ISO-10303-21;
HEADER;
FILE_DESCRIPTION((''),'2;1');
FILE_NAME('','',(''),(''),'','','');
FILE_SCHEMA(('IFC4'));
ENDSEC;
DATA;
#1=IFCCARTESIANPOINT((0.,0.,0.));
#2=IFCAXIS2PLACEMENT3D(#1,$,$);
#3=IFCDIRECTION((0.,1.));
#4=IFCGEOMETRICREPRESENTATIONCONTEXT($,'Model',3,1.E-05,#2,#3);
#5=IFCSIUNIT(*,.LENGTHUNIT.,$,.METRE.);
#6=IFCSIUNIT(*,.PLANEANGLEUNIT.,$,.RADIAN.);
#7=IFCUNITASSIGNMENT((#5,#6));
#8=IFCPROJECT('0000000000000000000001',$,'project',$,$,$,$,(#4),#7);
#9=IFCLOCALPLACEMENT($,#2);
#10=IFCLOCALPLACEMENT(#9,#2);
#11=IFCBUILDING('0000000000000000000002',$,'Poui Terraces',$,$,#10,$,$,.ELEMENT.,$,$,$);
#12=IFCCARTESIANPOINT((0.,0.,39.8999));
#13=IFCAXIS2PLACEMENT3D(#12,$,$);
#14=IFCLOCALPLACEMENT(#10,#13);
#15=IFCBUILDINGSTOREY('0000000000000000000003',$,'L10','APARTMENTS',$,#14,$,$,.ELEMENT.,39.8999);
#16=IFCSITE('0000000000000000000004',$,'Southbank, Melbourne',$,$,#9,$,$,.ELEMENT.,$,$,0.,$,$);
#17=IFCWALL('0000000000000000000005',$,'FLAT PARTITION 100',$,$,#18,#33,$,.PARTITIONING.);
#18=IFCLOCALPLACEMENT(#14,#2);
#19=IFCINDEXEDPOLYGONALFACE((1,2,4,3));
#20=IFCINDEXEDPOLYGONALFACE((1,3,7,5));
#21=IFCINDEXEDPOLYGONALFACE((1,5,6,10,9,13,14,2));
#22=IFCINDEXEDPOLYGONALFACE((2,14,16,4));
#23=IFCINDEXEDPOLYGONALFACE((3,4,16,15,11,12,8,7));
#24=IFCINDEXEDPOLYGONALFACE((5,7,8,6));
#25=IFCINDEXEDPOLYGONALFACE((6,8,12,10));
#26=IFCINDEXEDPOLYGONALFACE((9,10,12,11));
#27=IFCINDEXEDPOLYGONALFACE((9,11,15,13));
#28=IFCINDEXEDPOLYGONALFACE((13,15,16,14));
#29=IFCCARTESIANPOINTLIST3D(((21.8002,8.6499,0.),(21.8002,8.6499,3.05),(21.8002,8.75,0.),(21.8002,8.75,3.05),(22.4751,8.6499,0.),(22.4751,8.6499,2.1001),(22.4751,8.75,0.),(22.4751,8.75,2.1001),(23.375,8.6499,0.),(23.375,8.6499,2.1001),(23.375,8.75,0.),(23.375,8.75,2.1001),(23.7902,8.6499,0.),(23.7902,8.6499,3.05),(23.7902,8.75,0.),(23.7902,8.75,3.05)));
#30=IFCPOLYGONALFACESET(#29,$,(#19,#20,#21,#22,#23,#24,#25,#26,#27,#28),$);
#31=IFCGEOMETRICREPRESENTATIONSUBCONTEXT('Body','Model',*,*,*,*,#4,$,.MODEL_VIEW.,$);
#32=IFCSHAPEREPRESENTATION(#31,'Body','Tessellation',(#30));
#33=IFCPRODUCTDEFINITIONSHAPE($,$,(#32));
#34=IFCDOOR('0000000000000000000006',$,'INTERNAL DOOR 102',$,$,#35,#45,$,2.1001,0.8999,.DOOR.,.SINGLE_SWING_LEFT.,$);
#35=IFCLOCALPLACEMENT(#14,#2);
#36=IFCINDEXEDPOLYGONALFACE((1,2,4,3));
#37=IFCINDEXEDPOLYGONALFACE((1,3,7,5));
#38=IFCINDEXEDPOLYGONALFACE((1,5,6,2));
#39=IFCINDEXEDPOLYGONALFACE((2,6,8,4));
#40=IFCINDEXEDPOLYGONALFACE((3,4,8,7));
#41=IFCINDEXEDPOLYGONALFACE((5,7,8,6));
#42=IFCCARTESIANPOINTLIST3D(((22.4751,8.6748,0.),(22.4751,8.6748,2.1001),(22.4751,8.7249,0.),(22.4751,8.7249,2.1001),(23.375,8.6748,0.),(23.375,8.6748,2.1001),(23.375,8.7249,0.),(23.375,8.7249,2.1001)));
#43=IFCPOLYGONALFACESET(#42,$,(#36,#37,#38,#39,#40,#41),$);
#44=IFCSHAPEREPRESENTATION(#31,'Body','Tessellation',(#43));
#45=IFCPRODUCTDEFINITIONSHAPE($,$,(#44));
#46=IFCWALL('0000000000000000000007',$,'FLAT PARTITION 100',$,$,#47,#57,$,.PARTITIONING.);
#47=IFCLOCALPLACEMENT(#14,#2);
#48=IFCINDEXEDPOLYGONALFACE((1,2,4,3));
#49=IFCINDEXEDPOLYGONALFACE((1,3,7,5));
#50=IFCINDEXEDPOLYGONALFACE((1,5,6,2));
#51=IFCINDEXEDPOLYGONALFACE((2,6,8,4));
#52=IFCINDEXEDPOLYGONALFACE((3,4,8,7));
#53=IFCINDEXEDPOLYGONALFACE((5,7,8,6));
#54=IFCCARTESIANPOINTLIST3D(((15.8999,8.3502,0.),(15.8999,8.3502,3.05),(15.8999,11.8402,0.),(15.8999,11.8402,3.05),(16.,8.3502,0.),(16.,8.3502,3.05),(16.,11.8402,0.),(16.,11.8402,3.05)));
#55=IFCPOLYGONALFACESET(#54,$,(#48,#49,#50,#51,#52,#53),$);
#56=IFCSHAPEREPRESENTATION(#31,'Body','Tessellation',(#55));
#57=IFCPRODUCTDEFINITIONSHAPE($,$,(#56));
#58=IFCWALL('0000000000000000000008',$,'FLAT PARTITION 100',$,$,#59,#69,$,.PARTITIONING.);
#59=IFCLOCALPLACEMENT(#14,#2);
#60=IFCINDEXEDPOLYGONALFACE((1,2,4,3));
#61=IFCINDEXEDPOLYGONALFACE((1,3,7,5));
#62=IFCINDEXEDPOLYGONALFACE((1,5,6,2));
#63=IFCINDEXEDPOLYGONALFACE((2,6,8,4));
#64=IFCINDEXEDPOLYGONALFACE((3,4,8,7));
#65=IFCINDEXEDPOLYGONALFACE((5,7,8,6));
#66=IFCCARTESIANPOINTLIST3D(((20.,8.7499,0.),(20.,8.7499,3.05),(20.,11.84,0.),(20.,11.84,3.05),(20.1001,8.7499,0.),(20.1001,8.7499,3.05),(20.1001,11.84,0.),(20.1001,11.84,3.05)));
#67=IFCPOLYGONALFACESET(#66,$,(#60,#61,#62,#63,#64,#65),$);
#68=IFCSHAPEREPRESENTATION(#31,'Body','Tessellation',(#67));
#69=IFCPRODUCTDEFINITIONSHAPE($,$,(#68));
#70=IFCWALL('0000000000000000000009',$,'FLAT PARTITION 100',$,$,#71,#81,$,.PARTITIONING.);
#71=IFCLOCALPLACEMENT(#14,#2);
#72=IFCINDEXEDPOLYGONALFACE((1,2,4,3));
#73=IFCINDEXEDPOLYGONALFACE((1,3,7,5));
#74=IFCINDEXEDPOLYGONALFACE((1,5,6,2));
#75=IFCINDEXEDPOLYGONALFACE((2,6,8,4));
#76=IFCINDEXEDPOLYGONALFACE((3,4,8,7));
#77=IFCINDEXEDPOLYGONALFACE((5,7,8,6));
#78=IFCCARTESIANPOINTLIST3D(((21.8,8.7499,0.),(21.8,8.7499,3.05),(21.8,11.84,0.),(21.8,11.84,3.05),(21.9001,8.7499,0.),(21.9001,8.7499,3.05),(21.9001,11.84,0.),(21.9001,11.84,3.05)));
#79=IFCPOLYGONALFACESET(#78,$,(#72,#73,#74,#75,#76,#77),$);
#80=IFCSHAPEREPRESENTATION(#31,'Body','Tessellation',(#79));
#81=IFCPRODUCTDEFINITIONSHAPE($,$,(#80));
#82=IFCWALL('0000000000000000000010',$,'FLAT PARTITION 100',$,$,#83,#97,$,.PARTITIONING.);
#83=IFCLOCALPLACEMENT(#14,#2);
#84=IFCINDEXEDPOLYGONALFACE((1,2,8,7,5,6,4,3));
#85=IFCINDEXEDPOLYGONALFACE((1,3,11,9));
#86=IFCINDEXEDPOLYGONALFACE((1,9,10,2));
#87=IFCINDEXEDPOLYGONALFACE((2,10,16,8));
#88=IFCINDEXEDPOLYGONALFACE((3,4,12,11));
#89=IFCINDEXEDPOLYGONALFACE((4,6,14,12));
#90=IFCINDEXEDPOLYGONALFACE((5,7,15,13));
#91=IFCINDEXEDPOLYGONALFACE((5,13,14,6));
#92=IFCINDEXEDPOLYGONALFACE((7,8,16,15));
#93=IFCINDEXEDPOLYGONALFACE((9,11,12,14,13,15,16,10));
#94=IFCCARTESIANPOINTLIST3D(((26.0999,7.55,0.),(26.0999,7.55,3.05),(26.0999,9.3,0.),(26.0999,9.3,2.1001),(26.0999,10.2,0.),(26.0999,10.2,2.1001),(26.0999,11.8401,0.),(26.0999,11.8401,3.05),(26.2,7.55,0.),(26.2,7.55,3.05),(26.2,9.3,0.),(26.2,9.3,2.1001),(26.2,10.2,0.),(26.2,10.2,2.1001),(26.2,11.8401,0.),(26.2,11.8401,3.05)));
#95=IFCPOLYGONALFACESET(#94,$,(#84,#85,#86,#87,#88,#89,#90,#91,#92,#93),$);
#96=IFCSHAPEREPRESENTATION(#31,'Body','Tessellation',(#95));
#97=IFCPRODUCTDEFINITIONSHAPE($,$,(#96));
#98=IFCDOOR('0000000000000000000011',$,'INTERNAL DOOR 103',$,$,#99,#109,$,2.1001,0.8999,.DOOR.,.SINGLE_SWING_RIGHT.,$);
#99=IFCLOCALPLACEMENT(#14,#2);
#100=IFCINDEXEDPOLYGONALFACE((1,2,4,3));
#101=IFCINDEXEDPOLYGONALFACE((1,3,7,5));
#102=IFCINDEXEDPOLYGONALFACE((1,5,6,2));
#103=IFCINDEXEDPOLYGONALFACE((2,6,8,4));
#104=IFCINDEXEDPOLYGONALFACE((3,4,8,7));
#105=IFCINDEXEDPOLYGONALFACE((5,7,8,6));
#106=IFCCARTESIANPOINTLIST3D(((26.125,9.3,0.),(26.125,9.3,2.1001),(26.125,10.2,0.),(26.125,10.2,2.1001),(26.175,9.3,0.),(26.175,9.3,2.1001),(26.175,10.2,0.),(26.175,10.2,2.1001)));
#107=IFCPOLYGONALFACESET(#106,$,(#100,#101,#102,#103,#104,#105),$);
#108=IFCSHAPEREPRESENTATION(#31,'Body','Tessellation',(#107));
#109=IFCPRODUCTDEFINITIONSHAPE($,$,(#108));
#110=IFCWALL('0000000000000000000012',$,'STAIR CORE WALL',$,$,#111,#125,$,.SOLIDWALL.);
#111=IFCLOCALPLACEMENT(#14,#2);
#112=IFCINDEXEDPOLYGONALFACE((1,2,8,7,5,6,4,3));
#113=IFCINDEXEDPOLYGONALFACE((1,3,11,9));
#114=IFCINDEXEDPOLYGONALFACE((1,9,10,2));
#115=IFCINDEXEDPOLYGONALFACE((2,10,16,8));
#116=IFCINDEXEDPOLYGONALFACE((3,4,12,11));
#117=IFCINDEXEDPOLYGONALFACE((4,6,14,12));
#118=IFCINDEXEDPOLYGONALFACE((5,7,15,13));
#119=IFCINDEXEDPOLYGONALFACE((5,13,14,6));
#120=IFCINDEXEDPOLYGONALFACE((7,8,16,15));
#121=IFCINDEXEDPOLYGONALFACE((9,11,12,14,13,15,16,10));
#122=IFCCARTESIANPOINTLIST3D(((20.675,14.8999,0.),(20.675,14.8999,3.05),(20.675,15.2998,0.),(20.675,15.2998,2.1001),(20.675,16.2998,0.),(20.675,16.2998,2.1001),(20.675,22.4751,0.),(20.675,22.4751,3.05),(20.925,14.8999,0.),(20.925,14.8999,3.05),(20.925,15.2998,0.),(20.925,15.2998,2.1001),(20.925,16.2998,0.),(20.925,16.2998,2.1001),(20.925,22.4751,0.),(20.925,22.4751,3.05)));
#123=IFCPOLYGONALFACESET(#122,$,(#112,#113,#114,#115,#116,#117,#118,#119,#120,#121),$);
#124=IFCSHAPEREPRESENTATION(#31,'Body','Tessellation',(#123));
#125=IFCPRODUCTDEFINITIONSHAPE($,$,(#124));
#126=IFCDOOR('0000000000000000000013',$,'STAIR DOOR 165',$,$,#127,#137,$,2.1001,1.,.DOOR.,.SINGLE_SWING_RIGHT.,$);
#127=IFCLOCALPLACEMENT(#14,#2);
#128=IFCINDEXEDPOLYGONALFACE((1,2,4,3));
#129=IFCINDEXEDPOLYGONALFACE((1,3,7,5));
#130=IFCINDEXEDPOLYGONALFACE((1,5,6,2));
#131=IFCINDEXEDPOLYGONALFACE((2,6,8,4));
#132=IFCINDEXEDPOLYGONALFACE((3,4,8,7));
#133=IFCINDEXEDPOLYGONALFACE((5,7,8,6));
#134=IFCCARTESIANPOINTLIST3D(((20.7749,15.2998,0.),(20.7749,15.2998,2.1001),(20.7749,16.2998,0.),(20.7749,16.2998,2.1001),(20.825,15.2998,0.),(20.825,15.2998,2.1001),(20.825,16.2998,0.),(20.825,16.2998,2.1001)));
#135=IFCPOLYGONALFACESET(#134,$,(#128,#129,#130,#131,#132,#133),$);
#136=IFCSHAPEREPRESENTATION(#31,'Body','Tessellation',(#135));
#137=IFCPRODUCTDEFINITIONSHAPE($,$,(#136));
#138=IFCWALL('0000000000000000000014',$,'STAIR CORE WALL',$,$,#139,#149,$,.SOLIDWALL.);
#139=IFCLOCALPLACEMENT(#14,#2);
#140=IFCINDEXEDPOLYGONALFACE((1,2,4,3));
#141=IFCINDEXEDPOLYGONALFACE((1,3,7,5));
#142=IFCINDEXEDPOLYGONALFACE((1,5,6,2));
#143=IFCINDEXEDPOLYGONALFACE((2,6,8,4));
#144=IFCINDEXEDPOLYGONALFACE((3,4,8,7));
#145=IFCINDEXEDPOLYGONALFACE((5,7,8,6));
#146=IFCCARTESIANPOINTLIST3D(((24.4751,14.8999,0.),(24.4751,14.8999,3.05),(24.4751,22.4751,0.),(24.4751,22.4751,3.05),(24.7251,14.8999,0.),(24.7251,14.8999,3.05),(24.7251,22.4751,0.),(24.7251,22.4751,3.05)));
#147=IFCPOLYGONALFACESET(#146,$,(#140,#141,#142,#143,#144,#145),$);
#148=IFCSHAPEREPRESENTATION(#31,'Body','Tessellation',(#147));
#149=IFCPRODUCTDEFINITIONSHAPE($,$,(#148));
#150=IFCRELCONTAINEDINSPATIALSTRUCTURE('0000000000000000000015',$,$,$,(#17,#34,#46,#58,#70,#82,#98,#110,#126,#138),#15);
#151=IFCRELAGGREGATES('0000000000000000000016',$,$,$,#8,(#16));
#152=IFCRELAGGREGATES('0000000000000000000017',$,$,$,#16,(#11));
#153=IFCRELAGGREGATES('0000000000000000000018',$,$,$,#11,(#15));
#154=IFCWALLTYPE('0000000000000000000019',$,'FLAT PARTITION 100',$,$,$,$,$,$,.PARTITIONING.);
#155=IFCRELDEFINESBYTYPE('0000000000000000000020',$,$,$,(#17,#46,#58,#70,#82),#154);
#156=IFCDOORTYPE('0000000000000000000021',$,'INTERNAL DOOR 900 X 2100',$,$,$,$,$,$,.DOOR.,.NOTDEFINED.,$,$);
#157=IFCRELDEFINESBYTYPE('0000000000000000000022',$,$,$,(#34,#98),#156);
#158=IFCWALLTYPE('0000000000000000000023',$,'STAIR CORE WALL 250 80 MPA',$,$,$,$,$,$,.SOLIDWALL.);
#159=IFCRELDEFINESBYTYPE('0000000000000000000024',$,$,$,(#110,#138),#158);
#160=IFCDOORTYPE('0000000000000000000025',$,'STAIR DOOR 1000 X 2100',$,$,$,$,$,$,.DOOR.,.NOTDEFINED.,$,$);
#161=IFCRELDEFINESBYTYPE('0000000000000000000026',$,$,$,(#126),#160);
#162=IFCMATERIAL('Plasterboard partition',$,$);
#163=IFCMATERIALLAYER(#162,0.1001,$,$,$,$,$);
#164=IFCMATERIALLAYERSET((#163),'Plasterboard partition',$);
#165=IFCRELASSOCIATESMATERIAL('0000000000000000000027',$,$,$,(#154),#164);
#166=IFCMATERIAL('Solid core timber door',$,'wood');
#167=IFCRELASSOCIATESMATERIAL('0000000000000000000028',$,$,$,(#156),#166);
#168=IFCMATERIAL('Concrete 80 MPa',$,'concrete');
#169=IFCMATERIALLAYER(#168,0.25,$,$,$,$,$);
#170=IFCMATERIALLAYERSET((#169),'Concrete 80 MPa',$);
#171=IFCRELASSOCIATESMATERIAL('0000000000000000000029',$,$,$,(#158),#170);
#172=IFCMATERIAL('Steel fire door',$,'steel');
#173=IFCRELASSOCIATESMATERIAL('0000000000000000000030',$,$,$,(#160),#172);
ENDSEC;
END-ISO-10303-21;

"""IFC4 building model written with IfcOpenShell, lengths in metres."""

from ifc_helpers import new_model, si_unit, direction, frame, frame_2d, origin, place, context, subcontext, project, spatial, rectangle, extrude, material, layer, layer_set, type_object, element, fill, save


model = new_model("IFC4")

# Units and contexts
model_context = context("Model", 3, precision=1e-05, world=origin(), true_north=direction((0.0, 1.0)))
body_context = subcontext(model_context, "Body", "Model", "MODEL_VIEW")
ifc_project = project(units=[si_unit("LENGTHUNIT", "METRE"), si_unit("PLANEANGLEUNIT", "RADIAN")], contexts=[model_context])

# Site, building, storey
site_placement = place(None, origin())
site = spatial("IfcSite", under=ifc_project, at=site_placement, Name="Southbank, Melbourne", CompositionType="ELEMENT", RefElevation=0.0)
building_placement = place(site_placement, origin())
building = spatial("IfcBuilding", under=site, at=building_placement, Name="Poui Terraces", CompositionType="ELEMENT")
storey_placement = place(building_placement, frame((0.0, 0.0, 39.8999)))
storey = spatial("IfcBuildingStorey", under=building, at=storey_placement, Name="L10", Description="APARTMENTS", CompositionType="ELEMENT", Elevation=39.8999)

# Shared definitions
ifc_material_1 = material(Name="Concrete 80 MPa", Category="concrete")

# Shared definitions
ifc_material_2 = material(Name="Steel fire door", Category="steel")

# Shared definitions
ifc_material_3 = material(Name="Plasterboard partition")
ifc_layer_1 = layer(ifc_material_3, 0.1001)
ifc_layer_set_1 = layer_set([ifc_layer_1], Name="Plasterboard partition")
wall_type_1 = type_object("IfcWallType", Name="FLAT PARTITION 100", PredefinedType="PARTITIONING", material=ifc_layer_set_1)

# Wall, opening, door
ifc_material_4 = material(Name="Solid core timber door", Category="wood")
wall_1_placement = place(storey_placement, frame((21.8, 8.7, 0.0), z_axis=(0.0, 0.0, 1.0), x_axis=(1.0, 0.0, 0.0)))
wall_1 = element("IfcWall", 1, at=wall_1_placement, inside=storey, type_object=wall_type_1, Name="FLAT PARTITION 100", PredefinedType="PARTITIONING", context=body_context, shape_type="SweptSolid", body=[
    extrude(rectangle(XDim=1.99, YDim=0.1001, at=frame_2d((0.9951, 0.0))), origin(), (0.0, 0.0, 1.0), 3.05),
])
opening_1_placement = place(wall_1_placement, frame((0.675, 0.0, 0.0)))
opening_1 = element("IfcOpeningElement", 2, at=opening_1_placement, cuts=wall_1, PredefinedType="OPENING", context=body_context, shape_type="SweptSolid", body=[
    extrude(rectangle(XDim=0.8999, YDim=2.1001, at=frame_2d((0.45, 1.05))), frame((0.0, 0.0601, 0.0), z_axis=(0.0, -1.0, 0.0), x_axis=(1.0, 0.0, 0.0)), (0.0, 0.0, 1.0), 0.1201),
])
door_type_1 = type_object("IfcDoorType", Name="INTERNAL DOOR 900 X 2100", OperationType="NOTDEFINED", PredefinedType="DOOR", material=ifc_material_4)
door_1_placement = place(opening_1_placement, origin())
door_1 = element("IfcDoor", 3, at=door_1_placement, inside=storey, type_object=door_type_1, Name="INTERNAL DOOR 102", OperationType="SINGLE_SWING_LEFT", OverallHeight=2.1001, OverallWidth=0.8999, PredefinedType="DOOR", context=body_context, shape_type="SweptSolid", body=[
    extrude(rectangle(XDim=0.8999, YDim=2.1001, at=frame_2d((0.45, 1.05))), frame((0.0, 0.0249, 0.0), z_axis=(0.0, -1.0, 0.0), x_axis=(1.0, 0.0, 0.0)), (0.0, 0.0, 1.0), 0.05),
])
fill(opening_1, door_1)

# Walls
wall_2_placement = place(storey_placement, frame((15.95, 8.3501, 0.0), z_axis=(0.0, 0.0, 1.0), x_axis=(0.0, 1.0, 0.0)))
element("IfcWall", 4, at=wall_2_placement, inside=storey, type_object=wall_type_1, Name="FLAT PARTITION 100", PredefinedType="PARTITIONING", context=body_context, shape_type="SweptSolid", body=[
    extrude(rectangle(XDim=3.49, YDim=0.1001, at=frame_2d((1.7451, 0.0))), origin(), (0.0, 0.0, 1.0), 3.05),
])
for number, where, z_axis, x_axis, name in (
    (5, (20.05, 8.75, 0.0), (0.0, 0.0, 1.0), (0.0, 1.0, 0.0), "FLAT PARTITION 100"),
    (6, (21.8501, 8.75, 0.0), (0.0, 0.0, 1.0), (0.0, 1.0, 0.0), "FLAT PARTITION 100"),
):
    element("IfcWall", number, at=place(storey_placement, frame(where, z_axis=z_axis, x_axis=x_axis)), inside=storey, type_object=wall_type_1, Name=name, PredefinedType="PARTITIONING", context=body_context, shape_type="SweptSolid", body=[
        extrude(rectangle(XDim=3.0901, YDim=0.1001, at=frame_2d((1.5449, 0.0))), origin(), (0.0, 0.0, 1.0), 3.05),
    ])

# Walls, openings, doors
wall_3_placement = place(storey_placement, frame((26.1499, 7.55, 0.0), z_axis=(0.0, 0.0, 1.0), x_axis=(0.0, 1.0, 0.0)))
wall_3 = element("IfcWall", 7, at=wall_3_placement, inside=storey, type_object=wall_type_1, Name="FLAT PARTITION 100", PredefinedType="PARTITIONING", context=body_context, shape_type="SweptSolid", body=[
    extrude(rectangle(XDim=4.29, YDim=0.1001, at=frame_2d((2.145, 0.0))), origin(), (0.0, 0.0, 1.0), 3.05),
])
opening_2_placement = place(wall_3_placement, frame((1.75, 0.0, 0.0)))
opening_2 = element("IfcOpeningElement", 8, at=opening_2_placement, cuts=wall_3, PredefinedType="OPENING", context=body_context, shape_type="SweptSolid", body=[
    extrude(rectangle(XDim=0.8999, YDim=2.1001, at=frame_2d((0.45, 1.05))), frame((0.0, 0.0601, 0.0), z_axis=(0.0, -1.0, 0.0), x_axis=(1.0, 0.0, 0.0)), (0.0, 0.0, 1.0), 0.1201),
])
door_2_placement = place(opening_2_placement, origin())
door_2 = element("IfcDoor", 9, at=door_2_placement, inside=storey, type_object=door_type_1, Name="INTERNAL DOOR 103", OperationType="SINGLE_SWING_RIGHT", OverallHeight=2.1001, OverallWidth=0.8999, PredefinedType="DOOR", context=body_context, shape_type="SweptSolid", body=[
    extrude(rectangle(XDim=0.8999, YDim=2.1001, at=frame_2d((0.45, 1.05))), frame((0.0, 0.0249, 0.0), z_axis=(0.0, -1.0, 0.0), x_axis=(1.0, 0.0, 0.0)), (0.0, 0.0, 1.0), 0.05),
])
fill(opening_2, door_2)
ifc_layer_2 = layer(ifc_material_1, 0.25)
ifc_layer_set_2 = layer_set([ifc_layer_2], Name="Concrete 80 MPa")
wall_type_2 = type_object("IfcWallType", Name="STAIR CORE WALL 250 80 MPA", PredefinedType="SOLIDWALL", material=ifc_layer_set_2)
wall_4_placement = place(storey_placement, frame((20.8, 14.8999, 0.0), z_axis=(0.0, 0.0, 1.0), x_axis=(0.0, 1.0, 0.0)))
wall_4 = element("IfcWall", 10, at=wall_4_placement, inside=storey, type_object=wall_type_2, Name="STAIR CORE WALL", PredefinedType="SOLIDWALL", context=body_context, shape_type="SweptSolid", body=[
    extrude(rectangle(XDim=7.5752, YDim=0.25, at=frame_2d((3.7876, 0.0))), origin(), (0.0, 0.0, 1.0), 3.05),
])
opening_3_placement = place(wall_4_placement, frame((0.3999, 0.0, 0.0)))
opening_3 = element("IfcOpeningElement", 11, at=opening_3_placement, cuts=wall_4, PredefinedType="OPENING", context=body_context, shape_type="SweptSolid", body=[
    extrude(rectangle(XDim=1.0, YDim=2.1001, at=frame_2d((0.5, 1.05))), frame((0.0, 0.135, 0.0), z_axis=(0.0, -1.0, 0.0), x_axis=(1.0, 0.0, 0.0)), (0.0, 0.0, 1.0), 0.27),
])
door_type_2 = type_object("IfcDoorType", Name="STAIR DOOR 1000 X 2100", OperationType="NOTDEFINED", PredefinedType="DOOR", material=ifc_material_2)
door_3_placement = place(opening_3_placement, frame((1.0, 0.0, 0.0), z_axis=(0.0, 0.0, 1.0), x_axis=(-1.0, 0.0, 0.0)))
door_3 = element("IfcDoor", 12, at=door_3_placement, inside=storey, type_object=door_type_2, Name="STAIR DOOR 165", OperationType="SINGLE_SWING_RIGHT", OverallHeight=2.1001, OverallWidth=1.0, PredefinedType="DOOR", context=body_context, shape_type="SweptSolid", body=[
    extrude(rectangle(XDim=1.0, YDim=2.1001, at=frame_2d((0.5, 1.05))), frame((0.0, 0.0249, 0.0), z_axis=(0.0, -1.0, 0.0), x_axis=(1.0, 0.0, 0.0)), (0.0, 0.0, 1.0), 0.05),
])
fill(opening_3, door_3)

# Wall
wall_5_placement = place(storey_placement, frame((24.6001, 14.8999, 0.0), z_axis=(0.0, 0.0, 1.0), x_axis=(0.0, 1.0, 0.0)))
element("IfcWall", 13, at=wall_5_placement, inside=storey, type_object=wall_type_2, Name="STAIR CORE WALL", PredefinedType="SOLIDWALL", context=body_context, shape_type="SweptSolid", body=[
    extrude(rectangle(XDim=7.5752, YDim=0.25, at=frame_2d((3.7876, 0.0))), origin(), (0.0, 0.0, 1.0), 3.05),
])

save(model, "model.ifc")
